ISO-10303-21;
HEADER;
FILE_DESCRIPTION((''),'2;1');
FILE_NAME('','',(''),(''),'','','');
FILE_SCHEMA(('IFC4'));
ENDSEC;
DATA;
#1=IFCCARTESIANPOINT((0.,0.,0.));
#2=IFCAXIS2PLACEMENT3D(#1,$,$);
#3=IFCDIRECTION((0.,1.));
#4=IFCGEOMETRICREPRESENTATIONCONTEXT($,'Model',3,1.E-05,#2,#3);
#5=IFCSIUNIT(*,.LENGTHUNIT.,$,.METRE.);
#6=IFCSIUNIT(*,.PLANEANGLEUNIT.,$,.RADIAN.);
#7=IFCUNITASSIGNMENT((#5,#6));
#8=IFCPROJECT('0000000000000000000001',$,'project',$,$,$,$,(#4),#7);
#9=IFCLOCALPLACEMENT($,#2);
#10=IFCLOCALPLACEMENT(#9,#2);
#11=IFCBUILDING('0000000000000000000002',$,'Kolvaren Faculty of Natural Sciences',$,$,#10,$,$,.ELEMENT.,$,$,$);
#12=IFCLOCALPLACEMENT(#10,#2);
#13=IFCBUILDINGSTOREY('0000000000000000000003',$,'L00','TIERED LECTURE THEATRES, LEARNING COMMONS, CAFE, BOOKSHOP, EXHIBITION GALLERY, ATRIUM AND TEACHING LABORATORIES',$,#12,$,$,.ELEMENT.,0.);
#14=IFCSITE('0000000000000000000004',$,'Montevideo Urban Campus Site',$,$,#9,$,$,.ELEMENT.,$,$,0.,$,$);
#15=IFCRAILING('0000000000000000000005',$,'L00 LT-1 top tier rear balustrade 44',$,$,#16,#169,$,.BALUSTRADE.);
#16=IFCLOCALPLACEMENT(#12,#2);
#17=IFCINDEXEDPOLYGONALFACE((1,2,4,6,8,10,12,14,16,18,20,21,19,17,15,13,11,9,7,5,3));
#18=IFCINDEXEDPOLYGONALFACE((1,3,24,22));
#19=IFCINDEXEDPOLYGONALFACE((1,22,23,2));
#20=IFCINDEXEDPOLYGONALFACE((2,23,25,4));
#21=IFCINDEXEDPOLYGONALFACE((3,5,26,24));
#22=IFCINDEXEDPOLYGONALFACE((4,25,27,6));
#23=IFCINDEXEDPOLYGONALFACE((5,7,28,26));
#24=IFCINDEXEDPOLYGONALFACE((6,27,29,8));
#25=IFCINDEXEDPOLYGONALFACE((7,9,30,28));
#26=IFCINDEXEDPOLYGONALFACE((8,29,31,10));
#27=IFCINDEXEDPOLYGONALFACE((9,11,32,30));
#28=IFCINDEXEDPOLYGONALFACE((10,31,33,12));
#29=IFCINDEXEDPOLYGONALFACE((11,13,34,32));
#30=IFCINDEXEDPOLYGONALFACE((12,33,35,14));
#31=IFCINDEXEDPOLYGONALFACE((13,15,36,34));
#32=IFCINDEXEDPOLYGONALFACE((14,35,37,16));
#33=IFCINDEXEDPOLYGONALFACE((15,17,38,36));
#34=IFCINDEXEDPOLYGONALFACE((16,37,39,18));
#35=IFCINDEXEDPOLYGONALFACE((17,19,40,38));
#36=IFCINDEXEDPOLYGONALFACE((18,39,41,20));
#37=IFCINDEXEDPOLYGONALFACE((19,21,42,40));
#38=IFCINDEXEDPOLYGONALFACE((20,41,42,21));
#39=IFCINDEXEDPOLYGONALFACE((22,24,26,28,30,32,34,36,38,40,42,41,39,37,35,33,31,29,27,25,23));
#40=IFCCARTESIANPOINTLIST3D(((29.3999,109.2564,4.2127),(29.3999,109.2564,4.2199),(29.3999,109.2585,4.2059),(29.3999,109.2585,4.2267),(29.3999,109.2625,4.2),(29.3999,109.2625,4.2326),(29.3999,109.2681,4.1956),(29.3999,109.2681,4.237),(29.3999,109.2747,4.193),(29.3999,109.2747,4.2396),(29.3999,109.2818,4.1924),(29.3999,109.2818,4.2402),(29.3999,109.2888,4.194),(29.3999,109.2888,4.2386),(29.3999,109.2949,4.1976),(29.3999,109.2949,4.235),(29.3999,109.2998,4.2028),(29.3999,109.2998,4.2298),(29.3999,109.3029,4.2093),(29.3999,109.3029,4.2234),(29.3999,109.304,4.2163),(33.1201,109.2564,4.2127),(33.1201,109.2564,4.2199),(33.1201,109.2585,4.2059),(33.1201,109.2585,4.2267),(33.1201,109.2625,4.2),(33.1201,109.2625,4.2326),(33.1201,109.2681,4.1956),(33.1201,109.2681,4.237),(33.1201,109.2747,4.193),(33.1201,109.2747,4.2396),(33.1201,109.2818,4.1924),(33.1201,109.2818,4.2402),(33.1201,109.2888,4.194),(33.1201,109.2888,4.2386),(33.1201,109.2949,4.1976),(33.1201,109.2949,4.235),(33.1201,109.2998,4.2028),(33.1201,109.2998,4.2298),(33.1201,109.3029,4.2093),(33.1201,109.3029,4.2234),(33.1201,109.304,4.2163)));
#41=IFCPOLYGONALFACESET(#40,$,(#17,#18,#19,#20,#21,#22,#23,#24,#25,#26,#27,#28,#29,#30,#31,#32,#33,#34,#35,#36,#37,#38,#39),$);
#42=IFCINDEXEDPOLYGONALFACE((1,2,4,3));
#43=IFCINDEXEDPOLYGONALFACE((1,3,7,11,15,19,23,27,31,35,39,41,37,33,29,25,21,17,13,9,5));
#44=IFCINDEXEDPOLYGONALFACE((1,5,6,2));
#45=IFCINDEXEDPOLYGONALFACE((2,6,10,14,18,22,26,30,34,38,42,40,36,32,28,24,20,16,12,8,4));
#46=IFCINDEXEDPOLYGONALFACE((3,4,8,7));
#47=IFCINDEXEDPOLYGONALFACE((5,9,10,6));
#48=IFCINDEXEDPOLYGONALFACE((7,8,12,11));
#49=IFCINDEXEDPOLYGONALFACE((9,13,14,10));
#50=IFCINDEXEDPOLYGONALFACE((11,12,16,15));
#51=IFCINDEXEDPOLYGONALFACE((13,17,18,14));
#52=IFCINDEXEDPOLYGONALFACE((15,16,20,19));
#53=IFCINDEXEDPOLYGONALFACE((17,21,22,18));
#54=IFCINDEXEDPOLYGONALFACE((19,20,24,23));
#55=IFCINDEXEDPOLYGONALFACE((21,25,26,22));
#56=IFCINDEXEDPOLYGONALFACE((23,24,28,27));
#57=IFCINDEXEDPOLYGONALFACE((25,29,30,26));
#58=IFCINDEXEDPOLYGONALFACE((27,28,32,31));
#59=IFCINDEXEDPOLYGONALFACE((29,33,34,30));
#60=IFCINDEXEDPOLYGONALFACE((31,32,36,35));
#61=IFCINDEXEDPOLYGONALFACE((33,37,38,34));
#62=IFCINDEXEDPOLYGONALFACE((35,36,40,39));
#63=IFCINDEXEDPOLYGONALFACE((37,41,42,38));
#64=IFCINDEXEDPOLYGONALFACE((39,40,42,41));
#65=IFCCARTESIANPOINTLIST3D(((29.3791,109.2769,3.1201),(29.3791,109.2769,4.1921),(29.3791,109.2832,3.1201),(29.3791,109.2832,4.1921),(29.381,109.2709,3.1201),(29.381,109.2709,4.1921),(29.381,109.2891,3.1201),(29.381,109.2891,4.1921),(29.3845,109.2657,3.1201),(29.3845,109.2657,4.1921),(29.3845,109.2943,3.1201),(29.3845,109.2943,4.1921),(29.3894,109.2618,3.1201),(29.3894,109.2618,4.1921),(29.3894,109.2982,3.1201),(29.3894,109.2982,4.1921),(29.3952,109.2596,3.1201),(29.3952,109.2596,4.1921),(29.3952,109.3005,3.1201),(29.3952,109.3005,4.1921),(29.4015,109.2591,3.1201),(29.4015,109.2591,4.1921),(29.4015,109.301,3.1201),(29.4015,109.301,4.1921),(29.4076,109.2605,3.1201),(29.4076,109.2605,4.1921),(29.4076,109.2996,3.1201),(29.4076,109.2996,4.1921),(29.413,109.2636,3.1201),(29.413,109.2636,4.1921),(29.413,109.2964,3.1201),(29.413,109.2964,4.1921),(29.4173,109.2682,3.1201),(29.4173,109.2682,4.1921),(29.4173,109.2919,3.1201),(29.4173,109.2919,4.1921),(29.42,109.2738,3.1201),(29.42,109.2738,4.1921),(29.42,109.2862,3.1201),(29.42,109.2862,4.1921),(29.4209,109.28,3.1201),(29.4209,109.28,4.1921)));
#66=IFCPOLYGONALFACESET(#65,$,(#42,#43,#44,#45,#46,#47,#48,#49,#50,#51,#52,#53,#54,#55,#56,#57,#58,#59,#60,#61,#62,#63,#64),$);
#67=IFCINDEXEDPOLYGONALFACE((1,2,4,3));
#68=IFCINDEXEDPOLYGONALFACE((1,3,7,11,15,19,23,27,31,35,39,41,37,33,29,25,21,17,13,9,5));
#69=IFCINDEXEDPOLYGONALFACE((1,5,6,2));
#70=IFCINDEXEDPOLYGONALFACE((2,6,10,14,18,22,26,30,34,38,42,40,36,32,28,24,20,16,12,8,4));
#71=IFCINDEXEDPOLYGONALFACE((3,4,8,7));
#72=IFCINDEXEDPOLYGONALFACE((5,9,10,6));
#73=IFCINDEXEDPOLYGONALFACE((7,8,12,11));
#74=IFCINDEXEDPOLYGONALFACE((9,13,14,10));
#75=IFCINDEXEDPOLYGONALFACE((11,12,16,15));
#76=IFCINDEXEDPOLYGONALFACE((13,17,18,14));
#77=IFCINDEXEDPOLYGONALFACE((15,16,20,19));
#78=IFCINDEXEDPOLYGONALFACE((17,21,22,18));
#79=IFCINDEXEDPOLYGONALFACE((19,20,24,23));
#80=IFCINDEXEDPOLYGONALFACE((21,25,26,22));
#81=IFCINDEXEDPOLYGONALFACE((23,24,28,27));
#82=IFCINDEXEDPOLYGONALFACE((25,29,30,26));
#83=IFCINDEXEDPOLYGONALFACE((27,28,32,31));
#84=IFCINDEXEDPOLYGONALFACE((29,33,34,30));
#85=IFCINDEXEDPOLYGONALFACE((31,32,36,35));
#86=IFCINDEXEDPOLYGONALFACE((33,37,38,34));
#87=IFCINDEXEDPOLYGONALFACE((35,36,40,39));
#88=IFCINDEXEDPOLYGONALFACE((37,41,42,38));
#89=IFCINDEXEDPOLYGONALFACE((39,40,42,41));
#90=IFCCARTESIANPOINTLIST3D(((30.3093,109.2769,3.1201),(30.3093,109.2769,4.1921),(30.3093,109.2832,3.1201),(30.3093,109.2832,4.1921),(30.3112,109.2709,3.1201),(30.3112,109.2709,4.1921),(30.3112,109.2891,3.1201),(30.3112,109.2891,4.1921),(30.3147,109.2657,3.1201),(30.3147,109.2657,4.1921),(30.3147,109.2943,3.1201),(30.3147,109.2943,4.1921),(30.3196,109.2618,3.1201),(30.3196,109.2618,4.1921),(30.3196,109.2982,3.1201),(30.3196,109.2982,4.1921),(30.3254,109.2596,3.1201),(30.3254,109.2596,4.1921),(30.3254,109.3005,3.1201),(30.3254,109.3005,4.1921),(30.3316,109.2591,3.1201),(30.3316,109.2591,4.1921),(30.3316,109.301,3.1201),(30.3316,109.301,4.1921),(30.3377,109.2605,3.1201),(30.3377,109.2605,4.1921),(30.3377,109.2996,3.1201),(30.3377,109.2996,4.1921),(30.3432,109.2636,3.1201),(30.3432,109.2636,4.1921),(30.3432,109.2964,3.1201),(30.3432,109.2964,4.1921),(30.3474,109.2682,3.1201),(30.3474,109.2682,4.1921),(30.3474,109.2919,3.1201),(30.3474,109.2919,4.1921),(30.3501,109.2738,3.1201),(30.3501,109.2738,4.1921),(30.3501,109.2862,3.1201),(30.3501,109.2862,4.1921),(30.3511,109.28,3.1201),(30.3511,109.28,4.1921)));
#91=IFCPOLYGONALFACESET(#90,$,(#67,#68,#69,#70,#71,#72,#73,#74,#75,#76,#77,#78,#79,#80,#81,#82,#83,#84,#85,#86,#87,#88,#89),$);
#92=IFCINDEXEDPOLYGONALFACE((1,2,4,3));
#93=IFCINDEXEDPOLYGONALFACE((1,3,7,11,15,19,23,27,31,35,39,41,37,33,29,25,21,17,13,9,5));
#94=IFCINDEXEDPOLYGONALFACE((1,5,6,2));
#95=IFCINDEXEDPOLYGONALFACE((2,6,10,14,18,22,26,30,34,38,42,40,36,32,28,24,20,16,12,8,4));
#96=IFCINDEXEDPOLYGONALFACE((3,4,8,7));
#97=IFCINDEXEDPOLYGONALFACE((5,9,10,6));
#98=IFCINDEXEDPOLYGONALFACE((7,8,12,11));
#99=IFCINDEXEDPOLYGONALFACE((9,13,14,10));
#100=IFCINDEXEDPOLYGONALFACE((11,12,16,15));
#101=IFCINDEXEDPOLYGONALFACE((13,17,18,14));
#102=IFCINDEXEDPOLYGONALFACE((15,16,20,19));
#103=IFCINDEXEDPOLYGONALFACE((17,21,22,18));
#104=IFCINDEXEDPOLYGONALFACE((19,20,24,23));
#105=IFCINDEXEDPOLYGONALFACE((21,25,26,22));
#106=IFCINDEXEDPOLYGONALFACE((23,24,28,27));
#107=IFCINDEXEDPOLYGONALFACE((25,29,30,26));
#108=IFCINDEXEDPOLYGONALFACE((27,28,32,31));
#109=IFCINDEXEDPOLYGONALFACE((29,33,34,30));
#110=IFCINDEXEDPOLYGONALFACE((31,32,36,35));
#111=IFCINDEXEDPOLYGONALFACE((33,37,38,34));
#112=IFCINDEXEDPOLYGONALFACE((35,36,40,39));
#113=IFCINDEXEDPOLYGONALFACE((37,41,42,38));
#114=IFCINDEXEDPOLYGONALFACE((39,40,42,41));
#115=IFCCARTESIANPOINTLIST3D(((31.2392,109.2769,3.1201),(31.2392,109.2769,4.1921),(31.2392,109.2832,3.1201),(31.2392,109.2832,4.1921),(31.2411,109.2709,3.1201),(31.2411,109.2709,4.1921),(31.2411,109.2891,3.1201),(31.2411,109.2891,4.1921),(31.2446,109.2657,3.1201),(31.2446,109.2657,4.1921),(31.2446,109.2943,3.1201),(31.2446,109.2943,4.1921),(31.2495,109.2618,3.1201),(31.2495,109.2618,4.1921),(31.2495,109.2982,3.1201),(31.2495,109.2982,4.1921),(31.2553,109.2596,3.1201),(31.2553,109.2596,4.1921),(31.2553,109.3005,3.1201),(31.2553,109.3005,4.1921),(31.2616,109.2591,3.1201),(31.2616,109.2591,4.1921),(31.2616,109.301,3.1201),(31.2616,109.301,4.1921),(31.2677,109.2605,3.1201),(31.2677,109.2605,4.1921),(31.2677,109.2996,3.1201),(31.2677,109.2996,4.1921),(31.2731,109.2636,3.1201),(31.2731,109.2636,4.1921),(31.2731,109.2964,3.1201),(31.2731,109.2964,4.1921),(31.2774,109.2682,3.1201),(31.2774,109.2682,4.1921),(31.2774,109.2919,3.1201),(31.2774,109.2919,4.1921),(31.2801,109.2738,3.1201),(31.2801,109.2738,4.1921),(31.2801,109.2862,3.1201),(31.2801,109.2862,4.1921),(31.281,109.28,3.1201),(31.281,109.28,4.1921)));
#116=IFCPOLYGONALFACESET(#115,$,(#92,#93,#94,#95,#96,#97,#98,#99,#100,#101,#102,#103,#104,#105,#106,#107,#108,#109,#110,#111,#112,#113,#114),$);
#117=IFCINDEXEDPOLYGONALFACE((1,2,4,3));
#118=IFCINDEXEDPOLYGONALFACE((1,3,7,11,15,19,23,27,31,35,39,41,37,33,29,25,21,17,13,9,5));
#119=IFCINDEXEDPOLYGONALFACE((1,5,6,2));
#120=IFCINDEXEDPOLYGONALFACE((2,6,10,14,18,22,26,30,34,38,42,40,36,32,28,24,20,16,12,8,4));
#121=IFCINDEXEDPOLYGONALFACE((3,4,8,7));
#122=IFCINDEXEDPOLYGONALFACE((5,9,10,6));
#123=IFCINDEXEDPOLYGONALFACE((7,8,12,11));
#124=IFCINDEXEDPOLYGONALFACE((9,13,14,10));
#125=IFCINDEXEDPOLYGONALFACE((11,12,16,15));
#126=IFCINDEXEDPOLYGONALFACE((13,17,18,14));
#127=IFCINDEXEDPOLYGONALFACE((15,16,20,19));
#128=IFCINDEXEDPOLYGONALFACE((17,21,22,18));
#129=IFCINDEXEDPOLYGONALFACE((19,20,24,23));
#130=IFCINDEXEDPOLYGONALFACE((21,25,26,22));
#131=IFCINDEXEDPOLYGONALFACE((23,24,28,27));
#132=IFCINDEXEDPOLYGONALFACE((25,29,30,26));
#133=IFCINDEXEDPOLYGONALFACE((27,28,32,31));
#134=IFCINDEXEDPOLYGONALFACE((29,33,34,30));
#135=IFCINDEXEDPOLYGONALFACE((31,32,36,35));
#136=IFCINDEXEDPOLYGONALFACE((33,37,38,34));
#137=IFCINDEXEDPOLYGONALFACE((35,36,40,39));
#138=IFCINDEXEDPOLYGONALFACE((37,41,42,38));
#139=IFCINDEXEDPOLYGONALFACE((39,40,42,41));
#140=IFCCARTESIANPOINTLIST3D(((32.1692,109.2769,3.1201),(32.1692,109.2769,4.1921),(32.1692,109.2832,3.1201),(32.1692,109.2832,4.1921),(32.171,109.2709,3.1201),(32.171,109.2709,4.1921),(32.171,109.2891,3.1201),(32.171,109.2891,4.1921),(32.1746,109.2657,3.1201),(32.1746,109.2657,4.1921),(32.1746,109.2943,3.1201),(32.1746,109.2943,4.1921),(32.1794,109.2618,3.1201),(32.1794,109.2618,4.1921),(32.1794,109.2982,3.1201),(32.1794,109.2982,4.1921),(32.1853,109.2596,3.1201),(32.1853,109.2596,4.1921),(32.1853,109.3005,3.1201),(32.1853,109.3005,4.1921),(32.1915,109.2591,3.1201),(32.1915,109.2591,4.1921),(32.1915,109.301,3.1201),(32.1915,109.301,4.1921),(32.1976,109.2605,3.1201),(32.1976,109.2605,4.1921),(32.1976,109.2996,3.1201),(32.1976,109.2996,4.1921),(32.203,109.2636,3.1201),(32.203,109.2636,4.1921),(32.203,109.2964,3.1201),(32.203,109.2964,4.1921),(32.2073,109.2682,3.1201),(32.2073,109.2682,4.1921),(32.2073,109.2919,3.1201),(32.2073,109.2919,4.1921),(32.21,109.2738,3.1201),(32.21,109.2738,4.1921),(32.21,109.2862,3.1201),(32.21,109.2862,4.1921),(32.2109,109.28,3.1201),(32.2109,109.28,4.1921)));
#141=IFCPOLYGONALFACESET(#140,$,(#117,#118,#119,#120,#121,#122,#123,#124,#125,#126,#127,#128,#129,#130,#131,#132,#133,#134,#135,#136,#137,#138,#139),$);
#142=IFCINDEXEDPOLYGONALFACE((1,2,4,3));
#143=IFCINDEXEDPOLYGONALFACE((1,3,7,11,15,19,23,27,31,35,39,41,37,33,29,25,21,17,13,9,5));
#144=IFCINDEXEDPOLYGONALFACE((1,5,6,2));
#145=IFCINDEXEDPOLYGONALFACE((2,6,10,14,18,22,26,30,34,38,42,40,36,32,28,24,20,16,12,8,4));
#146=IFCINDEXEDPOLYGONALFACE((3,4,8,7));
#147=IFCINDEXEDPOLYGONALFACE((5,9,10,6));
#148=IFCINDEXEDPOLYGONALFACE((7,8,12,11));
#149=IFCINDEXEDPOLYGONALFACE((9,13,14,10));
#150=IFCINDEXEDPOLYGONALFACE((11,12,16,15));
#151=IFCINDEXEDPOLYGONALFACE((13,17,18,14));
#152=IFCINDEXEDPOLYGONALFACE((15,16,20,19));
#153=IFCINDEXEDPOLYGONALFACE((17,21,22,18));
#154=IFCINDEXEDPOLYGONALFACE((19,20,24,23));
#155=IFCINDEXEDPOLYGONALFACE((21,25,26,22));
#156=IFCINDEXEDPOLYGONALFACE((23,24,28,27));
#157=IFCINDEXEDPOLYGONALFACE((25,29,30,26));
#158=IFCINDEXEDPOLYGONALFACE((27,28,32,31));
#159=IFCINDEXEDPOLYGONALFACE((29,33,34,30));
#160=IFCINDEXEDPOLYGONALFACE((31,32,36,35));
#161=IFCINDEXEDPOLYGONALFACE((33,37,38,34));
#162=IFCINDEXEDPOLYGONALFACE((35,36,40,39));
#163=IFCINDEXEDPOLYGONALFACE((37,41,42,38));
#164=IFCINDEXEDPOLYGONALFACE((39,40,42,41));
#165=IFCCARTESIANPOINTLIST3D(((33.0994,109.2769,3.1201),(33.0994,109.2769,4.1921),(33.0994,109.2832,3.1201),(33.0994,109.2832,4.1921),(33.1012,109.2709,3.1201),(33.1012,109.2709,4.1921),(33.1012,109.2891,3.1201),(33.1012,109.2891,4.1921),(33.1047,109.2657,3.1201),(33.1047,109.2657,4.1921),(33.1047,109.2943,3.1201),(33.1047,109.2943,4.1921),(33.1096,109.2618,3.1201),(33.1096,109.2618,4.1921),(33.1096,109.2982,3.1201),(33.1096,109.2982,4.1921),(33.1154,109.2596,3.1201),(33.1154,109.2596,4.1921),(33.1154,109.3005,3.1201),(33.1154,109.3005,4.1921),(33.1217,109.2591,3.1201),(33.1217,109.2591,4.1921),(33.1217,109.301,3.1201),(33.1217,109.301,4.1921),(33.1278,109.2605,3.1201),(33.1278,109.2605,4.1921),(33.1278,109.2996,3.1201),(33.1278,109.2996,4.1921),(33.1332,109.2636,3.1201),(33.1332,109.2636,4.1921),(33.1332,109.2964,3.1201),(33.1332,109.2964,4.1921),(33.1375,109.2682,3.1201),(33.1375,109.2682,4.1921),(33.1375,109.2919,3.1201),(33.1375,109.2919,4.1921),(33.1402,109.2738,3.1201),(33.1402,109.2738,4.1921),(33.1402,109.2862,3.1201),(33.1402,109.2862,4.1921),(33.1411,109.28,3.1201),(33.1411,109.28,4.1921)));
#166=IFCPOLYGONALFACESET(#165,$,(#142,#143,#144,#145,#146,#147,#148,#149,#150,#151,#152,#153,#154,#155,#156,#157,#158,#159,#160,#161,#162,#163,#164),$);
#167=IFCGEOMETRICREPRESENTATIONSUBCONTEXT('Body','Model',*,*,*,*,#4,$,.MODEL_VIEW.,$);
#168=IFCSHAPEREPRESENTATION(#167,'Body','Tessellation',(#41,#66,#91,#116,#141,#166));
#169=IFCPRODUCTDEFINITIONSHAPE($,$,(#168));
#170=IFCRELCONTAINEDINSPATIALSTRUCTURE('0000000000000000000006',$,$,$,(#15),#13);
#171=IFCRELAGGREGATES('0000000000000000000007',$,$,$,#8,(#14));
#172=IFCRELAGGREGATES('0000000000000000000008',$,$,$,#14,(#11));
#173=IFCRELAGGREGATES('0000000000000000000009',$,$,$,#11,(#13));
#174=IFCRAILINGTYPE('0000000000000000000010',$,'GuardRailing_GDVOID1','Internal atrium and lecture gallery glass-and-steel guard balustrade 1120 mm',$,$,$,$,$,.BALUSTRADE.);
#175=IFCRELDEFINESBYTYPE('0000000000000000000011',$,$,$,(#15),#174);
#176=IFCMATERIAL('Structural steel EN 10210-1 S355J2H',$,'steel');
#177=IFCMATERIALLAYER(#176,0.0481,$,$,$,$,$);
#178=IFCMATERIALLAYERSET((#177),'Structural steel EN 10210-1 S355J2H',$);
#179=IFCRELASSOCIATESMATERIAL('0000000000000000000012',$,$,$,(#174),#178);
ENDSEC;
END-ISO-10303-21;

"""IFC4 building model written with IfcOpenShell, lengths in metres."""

from ifc_helpers import new_model, si_unit, direction, frame, origin, origin_2d, place, context, subcontext, project, spatial, circle, extrude, material, layer, layer_set, type_object, element, save


model = new_model("IFC4")

# Units and contexts
model_context = context("Model", 3, precision=1e-05, world=origin(), true_north=direction((0.0, 1.0)))
body_context = subcontext(model_context, "Body", "Model", "MODEL_VIEW")
ifc_project = project(units=[si_unit("LENGTHUNIT", "METRE"), si_unit("PLANEANGLEUNIT", "RADIAN")], contexts=[model_context])

# Site, building, storey
site_placement = place(None, origin())
site = spatial("IfcSite", under=ifc_project, at=site_placement, Name="Montevideo Urban Campus Site", CompositionType="ELEMENT", RefElevation=0.0)
building_placement = place(site_placement, origin())
building = spatial("IfcBuilding", under=site, at=building_placement, Name="Kolvaren Faculty of Natural Sciences", CompositionType="ELEMENT")
storey_placement = place(building_placement, origin())
storey = spatial("IfcBuildingStorey", under=building, at=storey_placement, Name="L00", Description="TIERED LECTURE THEATRES, LEARNING COMMONS, CAFE, BOOKSHOP, EXHIBITION GALLERY, ATRIUM AND TEACHING LABORATORIES", CompositionType="ELEMENT", Elevation=0.0)

# Railing
ifc_material_1 = material(Name="Structural steel EN 10210-1 S355J2H", Category="steel")
ifc_layer = layer(ifc_material_1, 0.0481)
ifc_layer_set = layer_set([ifc_layer], Name="Structural steel EN 10210-1 S355J2H")
railing_type = type_object("IfcRailingType", Name="GuardRailing_GDVOID1", Description="Internal atrium and lecture gallery glass-and-steel guard balustrade 1120 mm", PredefinedType="BALUSTRADE", material=ifc_layer_set)
railing_placement = place(storey_placement, frame((29.3999, 109.28, 3.1201)))
element("IfcRailing", 1, at=railing_placement, inside=storey, type_object=railing_type, Name="L00 LT-1 top tier rear balustrade 44", PredefinedType="BALUSTRADE", context=body_context, shape_type="SweptSolid", body=[
    extrude(circle(Radius=0.0239, at=origin_2d()), frame((0.0, 0.0, 1.0962), z_axis=(1.0, 0.0, 0.0), x_axis=(0.0, 1.0, 0.0)), (0.0, 0.0, 1.0), 3.7202),
    extrude(circle(Radius=0.021, at=origin_2d()), origin(), (0.0, 0.0, 1.0), 1.072),
    extrude(circle(Radius=0.021, at=origin_2d()), frame((0.9302, 0.0, 0.0)), (0.0, 0.0, 1.0), 1.072),
    extrude(circle(Radius=0.021, at=origin_2d()), frame((1.8601, 0.0, 0.0)), (0.0, 0.0, 1.0), 1.072),
    extrude(circle(Radius=0.021, at=origin_2d()), frame((2.79, 0.0, 0.0)), (0.0, 0.0, 1.0), 1.072),
    extrude(circle(Radius=0.021, at=origin_2d()), frame((3.7202, 0.0, 0.0)), (0.0, 0.0, 1.0), 1.072),
])

save(model, "model.ifc")
